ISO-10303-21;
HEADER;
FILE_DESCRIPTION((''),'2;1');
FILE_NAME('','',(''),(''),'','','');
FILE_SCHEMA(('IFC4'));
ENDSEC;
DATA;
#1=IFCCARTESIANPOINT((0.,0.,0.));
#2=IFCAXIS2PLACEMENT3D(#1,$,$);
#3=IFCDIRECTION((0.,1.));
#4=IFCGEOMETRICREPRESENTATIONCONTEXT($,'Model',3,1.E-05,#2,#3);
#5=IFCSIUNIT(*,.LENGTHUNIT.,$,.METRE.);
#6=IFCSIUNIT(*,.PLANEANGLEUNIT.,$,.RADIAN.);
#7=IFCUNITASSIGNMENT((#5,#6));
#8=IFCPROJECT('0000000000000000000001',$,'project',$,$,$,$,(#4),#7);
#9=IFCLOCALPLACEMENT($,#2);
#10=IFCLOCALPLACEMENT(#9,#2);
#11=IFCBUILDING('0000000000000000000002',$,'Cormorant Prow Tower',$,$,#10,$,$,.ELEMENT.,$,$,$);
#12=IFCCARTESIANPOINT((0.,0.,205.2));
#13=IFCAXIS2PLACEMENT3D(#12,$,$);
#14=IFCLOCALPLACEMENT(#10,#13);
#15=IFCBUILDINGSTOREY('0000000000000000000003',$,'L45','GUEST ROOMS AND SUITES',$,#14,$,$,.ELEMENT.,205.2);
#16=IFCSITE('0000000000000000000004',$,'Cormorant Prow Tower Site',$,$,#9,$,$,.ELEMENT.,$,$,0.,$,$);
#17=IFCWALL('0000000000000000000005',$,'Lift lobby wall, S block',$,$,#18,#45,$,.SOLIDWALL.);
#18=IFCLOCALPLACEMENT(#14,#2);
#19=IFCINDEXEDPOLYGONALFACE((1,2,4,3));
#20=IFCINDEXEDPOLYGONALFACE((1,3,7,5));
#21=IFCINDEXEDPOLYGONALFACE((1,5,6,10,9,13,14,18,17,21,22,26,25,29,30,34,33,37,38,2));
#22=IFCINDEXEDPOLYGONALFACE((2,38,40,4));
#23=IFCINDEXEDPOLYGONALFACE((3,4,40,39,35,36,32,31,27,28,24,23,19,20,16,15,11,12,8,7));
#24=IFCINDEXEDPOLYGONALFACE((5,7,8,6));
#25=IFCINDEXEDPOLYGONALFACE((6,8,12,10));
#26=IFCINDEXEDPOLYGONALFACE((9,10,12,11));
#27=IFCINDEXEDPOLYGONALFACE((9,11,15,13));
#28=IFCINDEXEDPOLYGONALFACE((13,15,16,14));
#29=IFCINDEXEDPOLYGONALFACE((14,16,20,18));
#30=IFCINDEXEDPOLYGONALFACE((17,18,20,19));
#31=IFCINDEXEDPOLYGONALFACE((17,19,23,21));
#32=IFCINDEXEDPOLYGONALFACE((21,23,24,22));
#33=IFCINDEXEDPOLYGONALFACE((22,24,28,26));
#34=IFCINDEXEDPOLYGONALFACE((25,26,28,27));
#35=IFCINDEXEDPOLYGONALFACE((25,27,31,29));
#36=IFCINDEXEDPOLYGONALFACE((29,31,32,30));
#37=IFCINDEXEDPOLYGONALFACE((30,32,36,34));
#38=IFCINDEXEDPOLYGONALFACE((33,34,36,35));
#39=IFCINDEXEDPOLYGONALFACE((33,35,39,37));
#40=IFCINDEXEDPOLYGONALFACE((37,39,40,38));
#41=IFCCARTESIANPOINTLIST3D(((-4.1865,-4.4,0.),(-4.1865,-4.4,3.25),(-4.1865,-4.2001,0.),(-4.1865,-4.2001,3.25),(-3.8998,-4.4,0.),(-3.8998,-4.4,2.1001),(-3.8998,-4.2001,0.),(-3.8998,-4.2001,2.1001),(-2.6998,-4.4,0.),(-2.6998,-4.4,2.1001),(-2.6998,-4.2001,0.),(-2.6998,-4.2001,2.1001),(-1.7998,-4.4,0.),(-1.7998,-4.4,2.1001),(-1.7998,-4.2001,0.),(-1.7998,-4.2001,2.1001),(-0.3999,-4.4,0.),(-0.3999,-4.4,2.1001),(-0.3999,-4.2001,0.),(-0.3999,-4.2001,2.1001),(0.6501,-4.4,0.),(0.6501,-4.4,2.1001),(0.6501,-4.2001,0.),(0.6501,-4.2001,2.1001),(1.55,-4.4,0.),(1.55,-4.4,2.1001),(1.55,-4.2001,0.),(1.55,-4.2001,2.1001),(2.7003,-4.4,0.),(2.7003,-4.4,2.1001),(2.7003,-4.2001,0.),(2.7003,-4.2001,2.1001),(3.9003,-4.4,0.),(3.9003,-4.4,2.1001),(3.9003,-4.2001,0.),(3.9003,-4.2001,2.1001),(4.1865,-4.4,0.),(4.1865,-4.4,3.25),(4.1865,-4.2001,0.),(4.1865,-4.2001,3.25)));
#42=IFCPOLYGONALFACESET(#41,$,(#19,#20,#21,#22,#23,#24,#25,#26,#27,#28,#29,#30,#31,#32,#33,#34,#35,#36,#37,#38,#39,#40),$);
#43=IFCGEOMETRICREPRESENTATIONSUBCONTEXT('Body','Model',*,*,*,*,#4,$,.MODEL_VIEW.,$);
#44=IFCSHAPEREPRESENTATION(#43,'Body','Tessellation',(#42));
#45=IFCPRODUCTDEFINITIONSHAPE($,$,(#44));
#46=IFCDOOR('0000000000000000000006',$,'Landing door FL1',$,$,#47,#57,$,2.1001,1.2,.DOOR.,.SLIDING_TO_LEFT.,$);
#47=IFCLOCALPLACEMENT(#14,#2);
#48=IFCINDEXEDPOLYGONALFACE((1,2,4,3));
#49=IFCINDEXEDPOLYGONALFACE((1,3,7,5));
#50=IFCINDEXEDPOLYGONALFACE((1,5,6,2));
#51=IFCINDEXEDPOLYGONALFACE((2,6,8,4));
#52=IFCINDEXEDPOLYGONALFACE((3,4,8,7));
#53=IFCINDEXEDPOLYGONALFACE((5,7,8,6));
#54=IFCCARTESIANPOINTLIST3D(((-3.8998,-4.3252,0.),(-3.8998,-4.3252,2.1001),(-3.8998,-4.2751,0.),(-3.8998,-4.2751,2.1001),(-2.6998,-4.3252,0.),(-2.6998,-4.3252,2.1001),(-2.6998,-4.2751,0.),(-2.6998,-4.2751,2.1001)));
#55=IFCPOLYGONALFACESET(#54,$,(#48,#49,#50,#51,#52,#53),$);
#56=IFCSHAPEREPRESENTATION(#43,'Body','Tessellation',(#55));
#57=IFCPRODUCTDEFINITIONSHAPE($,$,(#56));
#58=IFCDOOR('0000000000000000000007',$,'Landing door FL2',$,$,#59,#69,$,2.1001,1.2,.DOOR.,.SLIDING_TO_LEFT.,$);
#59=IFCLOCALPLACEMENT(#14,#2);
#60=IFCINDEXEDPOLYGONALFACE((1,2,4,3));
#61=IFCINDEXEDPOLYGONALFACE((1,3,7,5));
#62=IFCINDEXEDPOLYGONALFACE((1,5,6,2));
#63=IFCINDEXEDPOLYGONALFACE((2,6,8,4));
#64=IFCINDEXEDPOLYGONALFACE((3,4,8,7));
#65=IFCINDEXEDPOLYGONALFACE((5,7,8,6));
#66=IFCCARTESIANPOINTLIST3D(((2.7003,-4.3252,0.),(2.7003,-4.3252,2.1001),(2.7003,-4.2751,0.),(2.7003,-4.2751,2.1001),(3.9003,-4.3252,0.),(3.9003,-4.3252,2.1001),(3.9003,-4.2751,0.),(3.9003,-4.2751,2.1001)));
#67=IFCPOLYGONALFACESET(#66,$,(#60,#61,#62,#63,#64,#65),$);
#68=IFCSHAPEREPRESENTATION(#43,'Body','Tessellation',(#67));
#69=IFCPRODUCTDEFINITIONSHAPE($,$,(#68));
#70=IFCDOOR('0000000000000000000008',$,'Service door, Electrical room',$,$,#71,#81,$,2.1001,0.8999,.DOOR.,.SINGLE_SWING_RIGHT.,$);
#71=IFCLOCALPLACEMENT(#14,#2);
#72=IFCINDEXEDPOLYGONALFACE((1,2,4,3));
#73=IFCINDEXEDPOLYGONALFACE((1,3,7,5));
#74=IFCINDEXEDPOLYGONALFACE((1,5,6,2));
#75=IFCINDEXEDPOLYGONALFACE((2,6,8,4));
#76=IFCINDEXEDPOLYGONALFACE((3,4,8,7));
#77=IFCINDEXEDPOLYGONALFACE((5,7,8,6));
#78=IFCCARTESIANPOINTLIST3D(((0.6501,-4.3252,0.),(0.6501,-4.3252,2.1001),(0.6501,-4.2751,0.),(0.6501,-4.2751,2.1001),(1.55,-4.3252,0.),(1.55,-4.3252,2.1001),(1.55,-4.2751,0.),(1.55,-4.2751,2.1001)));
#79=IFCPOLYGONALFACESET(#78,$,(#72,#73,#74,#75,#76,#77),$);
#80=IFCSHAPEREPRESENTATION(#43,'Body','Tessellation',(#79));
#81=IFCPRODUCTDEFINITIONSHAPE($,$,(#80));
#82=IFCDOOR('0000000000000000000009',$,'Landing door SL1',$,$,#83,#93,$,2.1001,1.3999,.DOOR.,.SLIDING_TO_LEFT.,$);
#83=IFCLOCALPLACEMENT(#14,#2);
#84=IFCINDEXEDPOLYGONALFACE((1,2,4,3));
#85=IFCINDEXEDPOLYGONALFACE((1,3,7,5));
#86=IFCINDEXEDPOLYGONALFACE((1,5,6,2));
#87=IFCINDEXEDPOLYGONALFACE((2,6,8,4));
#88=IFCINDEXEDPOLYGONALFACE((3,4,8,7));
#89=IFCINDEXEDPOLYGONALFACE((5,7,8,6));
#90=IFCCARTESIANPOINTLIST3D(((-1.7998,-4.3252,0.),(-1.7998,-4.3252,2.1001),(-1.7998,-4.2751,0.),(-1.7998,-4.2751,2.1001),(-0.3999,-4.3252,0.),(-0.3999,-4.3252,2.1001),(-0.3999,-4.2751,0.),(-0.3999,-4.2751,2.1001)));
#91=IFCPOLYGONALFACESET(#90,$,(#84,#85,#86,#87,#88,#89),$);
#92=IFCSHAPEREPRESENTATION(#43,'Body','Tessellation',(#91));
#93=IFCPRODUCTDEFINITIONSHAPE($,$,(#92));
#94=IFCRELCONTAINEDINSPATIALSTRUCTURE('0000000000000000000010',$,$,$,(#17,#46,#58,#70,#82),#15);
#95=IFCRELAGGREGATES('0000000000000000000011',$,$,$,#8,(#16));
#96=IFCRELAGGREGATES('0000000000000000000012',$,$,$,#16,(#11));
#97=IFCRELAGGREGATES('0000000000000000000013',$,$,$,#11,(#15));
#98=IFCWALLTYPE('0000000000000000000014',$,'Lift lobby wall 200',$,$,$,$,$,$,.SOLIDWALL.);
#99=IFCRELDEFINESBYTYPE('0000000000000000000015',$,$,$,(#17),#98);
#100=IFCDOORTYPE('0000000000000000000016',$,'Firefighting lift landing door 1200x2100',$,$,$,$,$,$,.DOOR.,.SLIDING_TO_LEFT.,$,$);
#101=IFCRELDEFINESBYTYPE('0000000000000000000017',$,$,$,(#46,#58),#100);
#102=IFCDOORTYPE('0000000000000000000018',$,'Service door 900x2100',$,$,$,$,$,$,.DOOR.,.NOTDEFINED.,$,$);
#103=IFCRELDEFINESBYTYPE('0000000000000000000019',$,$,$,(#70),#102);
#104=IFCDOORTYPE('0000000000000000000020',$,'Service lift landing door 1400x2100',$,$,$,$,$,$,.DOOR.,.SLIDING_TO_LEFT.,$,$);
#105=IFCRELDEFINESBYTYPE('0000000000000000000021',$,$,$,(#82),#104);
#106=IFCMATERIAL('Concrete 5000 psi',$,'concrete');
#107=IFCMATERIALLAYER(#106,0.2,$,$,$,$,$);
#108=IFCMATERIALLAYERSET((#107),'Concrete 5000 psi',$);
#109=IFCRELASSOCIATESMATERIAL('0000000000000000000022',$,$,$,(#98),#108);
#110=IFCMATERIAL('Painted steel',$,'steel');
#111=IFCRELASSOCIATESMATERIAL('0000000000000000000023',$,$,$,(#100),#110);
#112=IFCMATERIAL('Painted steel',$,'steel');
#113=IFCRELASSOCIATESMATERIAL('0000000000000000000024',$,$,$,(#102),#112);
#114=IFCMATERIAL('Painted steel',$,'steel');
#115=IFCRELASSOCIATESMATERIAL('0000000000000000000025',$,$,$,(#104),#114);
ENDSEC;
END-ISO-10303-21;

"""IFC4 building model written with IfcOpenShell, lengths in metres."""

from ifc_helpers import new_model, si_unit, direction, frame, frame_2d, origin, place, context, subcontext, project, spatial, rectangle, extrude, material, layer, layer_set, type_object, element, fill, save


model = new_model("IFC4")

# Units and contexts
model_context = context("Model", 3, precision=1e-05, world=origin(), true_north=direction((0.0, 1.0)))
body_context = subcontext(model_context, "Body", "Model", "MODEL_VIEW")
ifc_project = project(units=[si_unit("LENGTHUNIT", "METRE"), si_unit("PLANEANGLEUNIT", "RADIAN")], contexts=[model_context])

# Site, building, storey
site_placement = place(None, origin())
site = spatial("IfcSite", under=ifc_project, at=site_placement, Name="Cormorant Prow Tower Site", CompositionType="ELEMENT", RefElevation=0.0)
building_placement = place(site_placement, origin())
building = spatial("IfcBuilding", under=site, at=building_placement, Name="Cormorant Prow Tower", CompositionType="ELEMENT")
storey_placement = place(building_placement, frame((0.0, 0.0, 205.2)))
storey = spatial("IfcBuildingStorey", under=building, at=storey_placement, Name="L45", Description="GUEST ROOMS AND SUITES", CompositionType="ELEMENT", Elevation=205.2)

# Wall, openings, doors
ifc_material_1 = material(Name="Concrete 5000 psi", Category="concrete")
ifc_layer_1 = layer(ifc_material_1, 0.2)
ifc_layer_set_1 = layer_set([ifc_layer_1], Name="Concrete 5000 psi")
wall_type_1 = type_object("IfcWallType", Name="Lift lobby wall 200", PredefinedType="SOLIDWALL", material=ifc_layer_set_1)
wall_1_placement = place(storey_placement, frame((-4.1865, -4.3, 0.0), z_axis=(0.0, 0.0, 1.0), x_axis=(1.0, 0.0, 0.0)))
wall_1 = element("IfcWall", 1, at=wall_1_placement, inside=storey, type_object=wall_type_1, Name="Lift lobby wall, S block", PredefinedType="SOLIDWALL", context=body_context, shape_type="SweptSolid", body=[
    extrude(rectangle(XDim=8.373, YDim=0.2, at=frame_2d((4.1865, 0.0))), origin(), (0.0, 0.0, 1.0), 3.25),
])
opening_1_placement = place(wall_1_placement, frame((0.2866, 0.0, 0.0)))
opening_1 = element("IfcOpeningElement", 2, at=opening_1_placement, cuts=wall_1, PredefinedType="OPENING", context=body_context, shape_type="SweptSolid", body=[
    extrude(rectangle(XDim=1.2, YDim=2.1001, at=frame_2d((0.6001, 1.05))), frame((0.0, 0.1099, 0.0), z_axis=(0.0, -1.0, 0.0), x_axis=(1.0, 0.0, 0.0)), (0.0, 0.0, 1.0), 0.22),
])
opening_2_placement = place(wall_1_placement, frame((2.3867, 0.0, 0.0)))
opening_2 = element("IfcOpeningElement", 3, at=opening_2_placement, cuts=wall_1, PredefinedType="OPENING", context=body_context, shape_type="SweptSolid", body=[
    extrude(rectangle(XDim=1.3999, YDim=2.1001, at=frame_2d((0.7, 1.05))), frame((0.0, 0.1099, 0.0), z_axis=(0.0, -1.0, 0.0), x_axis=(1.0, 0.0, 0.0)), (0.0, 0.0, 1.0), 0.22),
])
opening_3_placement = place(wall_1_placement, frame((4.8367, 0.0, 0.0)))
opening_3 = element("IfcOpeningElement", 4, at=opening_3_placement, cuts=wall_1, PredefinedType="OPENING", context=body_context, shape_type="SweptSolid", body=[
    extrude(rectangle(XDim=0.8999, YDim=2.1001, at=frame_2d((0.45, 1.05))), frame((0.0, 0.1099, 0.0), z_axis=(0.0, -1.0, 0.0), x_axis=(1.0, 0.0, 0.0)), (0.0, 0.0, 1.0), 0.22),
])
opening_4_placement = place(wall_1_placement, frame((6.8867, 0.0, 0.0)))
opening_4 = element("IfcOpeningElement", 5, at=opening_4_placement, cuts=wall_1, PredefinedType="OPENING", context=body_context, shape_type="SweptSolid", body=[
    extrude(rectangle(XDim=1.2, YDim=2.1001, at=frame_2d((0.6001, 1.05))), frame((0.0, 0.1099, 0.0), z_axis=(0.0, -1.0, 0.0), x_axis=(1.0, 0.0, 0.0)), (0.0, 0.0, 1.0), 0.22),
])
ifc_material_2 = material(Name="Painted steel", Category="steel")
door_type_1 = type_object("IfcDoorType", Name="Firefighting lift landing door 1200x2100", OperationType="SLIDING_TO_LEFT", PredefinedType="DOOR", material=ifc_material_2)
door_1_placement = place(opening_1_placement, origin())
door_1 = element("IfcDoor", 6, at=door_1_placement, inside=storey, type_object=door_type_1, Name="Landing door FL1", OperationType="SLIDING_TO_LEFT", OverallHeight=2.1001, OverallWidth=1.2, PredefinedType="DOOR", context=body_context, shape_type="SweptSolid", body=[
    extrude(rectangle(XDim=1.2, YDim=2.1001, at=frame_2d((0.6001, 1.05))), frame((0.0, 0.0249, 0.0), z_axis=(0.0, -1.0, 0.0), x_axis=(1.0, 0.0, 0.0)), (0.0, 0.0, 1.0), 0.05),
])
fill(opening_1, door_1)
door_2_placement = place(opening_4_placement, origin())
door_2 = element("IfcDoor", 7, at=door_2_placement, inside=storey, type_object=door_type_1, Name="Landing door FL2", OperationType="SLIDING_TO_LEFT", OverallHeight=2.1001, OverallWidth=1.2, PredefinedType="DOOR", context=body_context, shape_type="SweptSolid", body=[
    extrude(rectangle(XDim=1.2, YDim=2.1001, at=frame_2d((0.6001, 1.05))), frame((0.0, 0.0249, 0.0), z_axis=(0.0, -1.0, 0.0), x_axis=(1.0, 0.0, 0.0)), (0.0, 0.0, 1.0), 0.05),
])
fill(opening_4, door_2)
ifc_material_3 = material(Name="Painted steel", Category="steel")
door_type_2 = type_object("IfcDoorType", Name="Service door 900x2100", OperationType="NOTDEFINED", PredefinedType="DOOR", material=ifc_material_3)
door_3_placement = place(opening_3_placement, origin())
door_3 = element("IfcDoor", 8, at=door_3_placement, inside=storey, type_object=door_type_2, Name="Service door, Electrical room", OperationType="SINGLE_SWING_RIGHT", OverallHeight=2.1001, OverallWidth=0.8999, PredefinedType="DOOR", context=body_context, shape_type="SweptSolid", body=[
    extrude(rectangle(XDim=0.8999, YDim=2.1001, at=frame_2d((0.45, 1.05))), frame((0.0, 0.0249, 0.0), z_axis=(0.0, -1.0, 0.0), x_axis=(1.0, 0.0, 0.0)), (0.0, 0.0, 1.0), 0.05),
])
fill(opening_3, door_3)
ifc_material_4 = material(Name="Painted steel", Category="steel")
door_type_3 = type_object("IfcDoorType", Name="Service lift landing door 1400x2100", OperationType="SLIDING_TO_LEFT", PredefinedType="DOOR", material=ifc_material_4)
door_4_placement = place(opening_2_placement, origin())
door_4 = element("IfcDoor", 9, at=door_4_placement, inside=storey, type_object=door_type_3, Name="Landing door SL1", OperationType="SLIDING_TO_LEFT", OverallHeight=2.1001, OverallWidth=1.3999, PredefinedType="DOOR", context=body_context, shape_type="SweptSolid", body=[
    extrude(rectangle(XDim=1.3999, YDim=2.1001, at=frame_2d((0.7, 1.05))), frame((0.0, 0.0249, 0.0), z_axis=(0.0, -1.0, 0.0), x_axis=(1.0, 0.0, 0.0)), (0.0, 0.0, 1.0), 0.05),
])
fill(opening_2, door_4)

save(model, "model.ifc")
